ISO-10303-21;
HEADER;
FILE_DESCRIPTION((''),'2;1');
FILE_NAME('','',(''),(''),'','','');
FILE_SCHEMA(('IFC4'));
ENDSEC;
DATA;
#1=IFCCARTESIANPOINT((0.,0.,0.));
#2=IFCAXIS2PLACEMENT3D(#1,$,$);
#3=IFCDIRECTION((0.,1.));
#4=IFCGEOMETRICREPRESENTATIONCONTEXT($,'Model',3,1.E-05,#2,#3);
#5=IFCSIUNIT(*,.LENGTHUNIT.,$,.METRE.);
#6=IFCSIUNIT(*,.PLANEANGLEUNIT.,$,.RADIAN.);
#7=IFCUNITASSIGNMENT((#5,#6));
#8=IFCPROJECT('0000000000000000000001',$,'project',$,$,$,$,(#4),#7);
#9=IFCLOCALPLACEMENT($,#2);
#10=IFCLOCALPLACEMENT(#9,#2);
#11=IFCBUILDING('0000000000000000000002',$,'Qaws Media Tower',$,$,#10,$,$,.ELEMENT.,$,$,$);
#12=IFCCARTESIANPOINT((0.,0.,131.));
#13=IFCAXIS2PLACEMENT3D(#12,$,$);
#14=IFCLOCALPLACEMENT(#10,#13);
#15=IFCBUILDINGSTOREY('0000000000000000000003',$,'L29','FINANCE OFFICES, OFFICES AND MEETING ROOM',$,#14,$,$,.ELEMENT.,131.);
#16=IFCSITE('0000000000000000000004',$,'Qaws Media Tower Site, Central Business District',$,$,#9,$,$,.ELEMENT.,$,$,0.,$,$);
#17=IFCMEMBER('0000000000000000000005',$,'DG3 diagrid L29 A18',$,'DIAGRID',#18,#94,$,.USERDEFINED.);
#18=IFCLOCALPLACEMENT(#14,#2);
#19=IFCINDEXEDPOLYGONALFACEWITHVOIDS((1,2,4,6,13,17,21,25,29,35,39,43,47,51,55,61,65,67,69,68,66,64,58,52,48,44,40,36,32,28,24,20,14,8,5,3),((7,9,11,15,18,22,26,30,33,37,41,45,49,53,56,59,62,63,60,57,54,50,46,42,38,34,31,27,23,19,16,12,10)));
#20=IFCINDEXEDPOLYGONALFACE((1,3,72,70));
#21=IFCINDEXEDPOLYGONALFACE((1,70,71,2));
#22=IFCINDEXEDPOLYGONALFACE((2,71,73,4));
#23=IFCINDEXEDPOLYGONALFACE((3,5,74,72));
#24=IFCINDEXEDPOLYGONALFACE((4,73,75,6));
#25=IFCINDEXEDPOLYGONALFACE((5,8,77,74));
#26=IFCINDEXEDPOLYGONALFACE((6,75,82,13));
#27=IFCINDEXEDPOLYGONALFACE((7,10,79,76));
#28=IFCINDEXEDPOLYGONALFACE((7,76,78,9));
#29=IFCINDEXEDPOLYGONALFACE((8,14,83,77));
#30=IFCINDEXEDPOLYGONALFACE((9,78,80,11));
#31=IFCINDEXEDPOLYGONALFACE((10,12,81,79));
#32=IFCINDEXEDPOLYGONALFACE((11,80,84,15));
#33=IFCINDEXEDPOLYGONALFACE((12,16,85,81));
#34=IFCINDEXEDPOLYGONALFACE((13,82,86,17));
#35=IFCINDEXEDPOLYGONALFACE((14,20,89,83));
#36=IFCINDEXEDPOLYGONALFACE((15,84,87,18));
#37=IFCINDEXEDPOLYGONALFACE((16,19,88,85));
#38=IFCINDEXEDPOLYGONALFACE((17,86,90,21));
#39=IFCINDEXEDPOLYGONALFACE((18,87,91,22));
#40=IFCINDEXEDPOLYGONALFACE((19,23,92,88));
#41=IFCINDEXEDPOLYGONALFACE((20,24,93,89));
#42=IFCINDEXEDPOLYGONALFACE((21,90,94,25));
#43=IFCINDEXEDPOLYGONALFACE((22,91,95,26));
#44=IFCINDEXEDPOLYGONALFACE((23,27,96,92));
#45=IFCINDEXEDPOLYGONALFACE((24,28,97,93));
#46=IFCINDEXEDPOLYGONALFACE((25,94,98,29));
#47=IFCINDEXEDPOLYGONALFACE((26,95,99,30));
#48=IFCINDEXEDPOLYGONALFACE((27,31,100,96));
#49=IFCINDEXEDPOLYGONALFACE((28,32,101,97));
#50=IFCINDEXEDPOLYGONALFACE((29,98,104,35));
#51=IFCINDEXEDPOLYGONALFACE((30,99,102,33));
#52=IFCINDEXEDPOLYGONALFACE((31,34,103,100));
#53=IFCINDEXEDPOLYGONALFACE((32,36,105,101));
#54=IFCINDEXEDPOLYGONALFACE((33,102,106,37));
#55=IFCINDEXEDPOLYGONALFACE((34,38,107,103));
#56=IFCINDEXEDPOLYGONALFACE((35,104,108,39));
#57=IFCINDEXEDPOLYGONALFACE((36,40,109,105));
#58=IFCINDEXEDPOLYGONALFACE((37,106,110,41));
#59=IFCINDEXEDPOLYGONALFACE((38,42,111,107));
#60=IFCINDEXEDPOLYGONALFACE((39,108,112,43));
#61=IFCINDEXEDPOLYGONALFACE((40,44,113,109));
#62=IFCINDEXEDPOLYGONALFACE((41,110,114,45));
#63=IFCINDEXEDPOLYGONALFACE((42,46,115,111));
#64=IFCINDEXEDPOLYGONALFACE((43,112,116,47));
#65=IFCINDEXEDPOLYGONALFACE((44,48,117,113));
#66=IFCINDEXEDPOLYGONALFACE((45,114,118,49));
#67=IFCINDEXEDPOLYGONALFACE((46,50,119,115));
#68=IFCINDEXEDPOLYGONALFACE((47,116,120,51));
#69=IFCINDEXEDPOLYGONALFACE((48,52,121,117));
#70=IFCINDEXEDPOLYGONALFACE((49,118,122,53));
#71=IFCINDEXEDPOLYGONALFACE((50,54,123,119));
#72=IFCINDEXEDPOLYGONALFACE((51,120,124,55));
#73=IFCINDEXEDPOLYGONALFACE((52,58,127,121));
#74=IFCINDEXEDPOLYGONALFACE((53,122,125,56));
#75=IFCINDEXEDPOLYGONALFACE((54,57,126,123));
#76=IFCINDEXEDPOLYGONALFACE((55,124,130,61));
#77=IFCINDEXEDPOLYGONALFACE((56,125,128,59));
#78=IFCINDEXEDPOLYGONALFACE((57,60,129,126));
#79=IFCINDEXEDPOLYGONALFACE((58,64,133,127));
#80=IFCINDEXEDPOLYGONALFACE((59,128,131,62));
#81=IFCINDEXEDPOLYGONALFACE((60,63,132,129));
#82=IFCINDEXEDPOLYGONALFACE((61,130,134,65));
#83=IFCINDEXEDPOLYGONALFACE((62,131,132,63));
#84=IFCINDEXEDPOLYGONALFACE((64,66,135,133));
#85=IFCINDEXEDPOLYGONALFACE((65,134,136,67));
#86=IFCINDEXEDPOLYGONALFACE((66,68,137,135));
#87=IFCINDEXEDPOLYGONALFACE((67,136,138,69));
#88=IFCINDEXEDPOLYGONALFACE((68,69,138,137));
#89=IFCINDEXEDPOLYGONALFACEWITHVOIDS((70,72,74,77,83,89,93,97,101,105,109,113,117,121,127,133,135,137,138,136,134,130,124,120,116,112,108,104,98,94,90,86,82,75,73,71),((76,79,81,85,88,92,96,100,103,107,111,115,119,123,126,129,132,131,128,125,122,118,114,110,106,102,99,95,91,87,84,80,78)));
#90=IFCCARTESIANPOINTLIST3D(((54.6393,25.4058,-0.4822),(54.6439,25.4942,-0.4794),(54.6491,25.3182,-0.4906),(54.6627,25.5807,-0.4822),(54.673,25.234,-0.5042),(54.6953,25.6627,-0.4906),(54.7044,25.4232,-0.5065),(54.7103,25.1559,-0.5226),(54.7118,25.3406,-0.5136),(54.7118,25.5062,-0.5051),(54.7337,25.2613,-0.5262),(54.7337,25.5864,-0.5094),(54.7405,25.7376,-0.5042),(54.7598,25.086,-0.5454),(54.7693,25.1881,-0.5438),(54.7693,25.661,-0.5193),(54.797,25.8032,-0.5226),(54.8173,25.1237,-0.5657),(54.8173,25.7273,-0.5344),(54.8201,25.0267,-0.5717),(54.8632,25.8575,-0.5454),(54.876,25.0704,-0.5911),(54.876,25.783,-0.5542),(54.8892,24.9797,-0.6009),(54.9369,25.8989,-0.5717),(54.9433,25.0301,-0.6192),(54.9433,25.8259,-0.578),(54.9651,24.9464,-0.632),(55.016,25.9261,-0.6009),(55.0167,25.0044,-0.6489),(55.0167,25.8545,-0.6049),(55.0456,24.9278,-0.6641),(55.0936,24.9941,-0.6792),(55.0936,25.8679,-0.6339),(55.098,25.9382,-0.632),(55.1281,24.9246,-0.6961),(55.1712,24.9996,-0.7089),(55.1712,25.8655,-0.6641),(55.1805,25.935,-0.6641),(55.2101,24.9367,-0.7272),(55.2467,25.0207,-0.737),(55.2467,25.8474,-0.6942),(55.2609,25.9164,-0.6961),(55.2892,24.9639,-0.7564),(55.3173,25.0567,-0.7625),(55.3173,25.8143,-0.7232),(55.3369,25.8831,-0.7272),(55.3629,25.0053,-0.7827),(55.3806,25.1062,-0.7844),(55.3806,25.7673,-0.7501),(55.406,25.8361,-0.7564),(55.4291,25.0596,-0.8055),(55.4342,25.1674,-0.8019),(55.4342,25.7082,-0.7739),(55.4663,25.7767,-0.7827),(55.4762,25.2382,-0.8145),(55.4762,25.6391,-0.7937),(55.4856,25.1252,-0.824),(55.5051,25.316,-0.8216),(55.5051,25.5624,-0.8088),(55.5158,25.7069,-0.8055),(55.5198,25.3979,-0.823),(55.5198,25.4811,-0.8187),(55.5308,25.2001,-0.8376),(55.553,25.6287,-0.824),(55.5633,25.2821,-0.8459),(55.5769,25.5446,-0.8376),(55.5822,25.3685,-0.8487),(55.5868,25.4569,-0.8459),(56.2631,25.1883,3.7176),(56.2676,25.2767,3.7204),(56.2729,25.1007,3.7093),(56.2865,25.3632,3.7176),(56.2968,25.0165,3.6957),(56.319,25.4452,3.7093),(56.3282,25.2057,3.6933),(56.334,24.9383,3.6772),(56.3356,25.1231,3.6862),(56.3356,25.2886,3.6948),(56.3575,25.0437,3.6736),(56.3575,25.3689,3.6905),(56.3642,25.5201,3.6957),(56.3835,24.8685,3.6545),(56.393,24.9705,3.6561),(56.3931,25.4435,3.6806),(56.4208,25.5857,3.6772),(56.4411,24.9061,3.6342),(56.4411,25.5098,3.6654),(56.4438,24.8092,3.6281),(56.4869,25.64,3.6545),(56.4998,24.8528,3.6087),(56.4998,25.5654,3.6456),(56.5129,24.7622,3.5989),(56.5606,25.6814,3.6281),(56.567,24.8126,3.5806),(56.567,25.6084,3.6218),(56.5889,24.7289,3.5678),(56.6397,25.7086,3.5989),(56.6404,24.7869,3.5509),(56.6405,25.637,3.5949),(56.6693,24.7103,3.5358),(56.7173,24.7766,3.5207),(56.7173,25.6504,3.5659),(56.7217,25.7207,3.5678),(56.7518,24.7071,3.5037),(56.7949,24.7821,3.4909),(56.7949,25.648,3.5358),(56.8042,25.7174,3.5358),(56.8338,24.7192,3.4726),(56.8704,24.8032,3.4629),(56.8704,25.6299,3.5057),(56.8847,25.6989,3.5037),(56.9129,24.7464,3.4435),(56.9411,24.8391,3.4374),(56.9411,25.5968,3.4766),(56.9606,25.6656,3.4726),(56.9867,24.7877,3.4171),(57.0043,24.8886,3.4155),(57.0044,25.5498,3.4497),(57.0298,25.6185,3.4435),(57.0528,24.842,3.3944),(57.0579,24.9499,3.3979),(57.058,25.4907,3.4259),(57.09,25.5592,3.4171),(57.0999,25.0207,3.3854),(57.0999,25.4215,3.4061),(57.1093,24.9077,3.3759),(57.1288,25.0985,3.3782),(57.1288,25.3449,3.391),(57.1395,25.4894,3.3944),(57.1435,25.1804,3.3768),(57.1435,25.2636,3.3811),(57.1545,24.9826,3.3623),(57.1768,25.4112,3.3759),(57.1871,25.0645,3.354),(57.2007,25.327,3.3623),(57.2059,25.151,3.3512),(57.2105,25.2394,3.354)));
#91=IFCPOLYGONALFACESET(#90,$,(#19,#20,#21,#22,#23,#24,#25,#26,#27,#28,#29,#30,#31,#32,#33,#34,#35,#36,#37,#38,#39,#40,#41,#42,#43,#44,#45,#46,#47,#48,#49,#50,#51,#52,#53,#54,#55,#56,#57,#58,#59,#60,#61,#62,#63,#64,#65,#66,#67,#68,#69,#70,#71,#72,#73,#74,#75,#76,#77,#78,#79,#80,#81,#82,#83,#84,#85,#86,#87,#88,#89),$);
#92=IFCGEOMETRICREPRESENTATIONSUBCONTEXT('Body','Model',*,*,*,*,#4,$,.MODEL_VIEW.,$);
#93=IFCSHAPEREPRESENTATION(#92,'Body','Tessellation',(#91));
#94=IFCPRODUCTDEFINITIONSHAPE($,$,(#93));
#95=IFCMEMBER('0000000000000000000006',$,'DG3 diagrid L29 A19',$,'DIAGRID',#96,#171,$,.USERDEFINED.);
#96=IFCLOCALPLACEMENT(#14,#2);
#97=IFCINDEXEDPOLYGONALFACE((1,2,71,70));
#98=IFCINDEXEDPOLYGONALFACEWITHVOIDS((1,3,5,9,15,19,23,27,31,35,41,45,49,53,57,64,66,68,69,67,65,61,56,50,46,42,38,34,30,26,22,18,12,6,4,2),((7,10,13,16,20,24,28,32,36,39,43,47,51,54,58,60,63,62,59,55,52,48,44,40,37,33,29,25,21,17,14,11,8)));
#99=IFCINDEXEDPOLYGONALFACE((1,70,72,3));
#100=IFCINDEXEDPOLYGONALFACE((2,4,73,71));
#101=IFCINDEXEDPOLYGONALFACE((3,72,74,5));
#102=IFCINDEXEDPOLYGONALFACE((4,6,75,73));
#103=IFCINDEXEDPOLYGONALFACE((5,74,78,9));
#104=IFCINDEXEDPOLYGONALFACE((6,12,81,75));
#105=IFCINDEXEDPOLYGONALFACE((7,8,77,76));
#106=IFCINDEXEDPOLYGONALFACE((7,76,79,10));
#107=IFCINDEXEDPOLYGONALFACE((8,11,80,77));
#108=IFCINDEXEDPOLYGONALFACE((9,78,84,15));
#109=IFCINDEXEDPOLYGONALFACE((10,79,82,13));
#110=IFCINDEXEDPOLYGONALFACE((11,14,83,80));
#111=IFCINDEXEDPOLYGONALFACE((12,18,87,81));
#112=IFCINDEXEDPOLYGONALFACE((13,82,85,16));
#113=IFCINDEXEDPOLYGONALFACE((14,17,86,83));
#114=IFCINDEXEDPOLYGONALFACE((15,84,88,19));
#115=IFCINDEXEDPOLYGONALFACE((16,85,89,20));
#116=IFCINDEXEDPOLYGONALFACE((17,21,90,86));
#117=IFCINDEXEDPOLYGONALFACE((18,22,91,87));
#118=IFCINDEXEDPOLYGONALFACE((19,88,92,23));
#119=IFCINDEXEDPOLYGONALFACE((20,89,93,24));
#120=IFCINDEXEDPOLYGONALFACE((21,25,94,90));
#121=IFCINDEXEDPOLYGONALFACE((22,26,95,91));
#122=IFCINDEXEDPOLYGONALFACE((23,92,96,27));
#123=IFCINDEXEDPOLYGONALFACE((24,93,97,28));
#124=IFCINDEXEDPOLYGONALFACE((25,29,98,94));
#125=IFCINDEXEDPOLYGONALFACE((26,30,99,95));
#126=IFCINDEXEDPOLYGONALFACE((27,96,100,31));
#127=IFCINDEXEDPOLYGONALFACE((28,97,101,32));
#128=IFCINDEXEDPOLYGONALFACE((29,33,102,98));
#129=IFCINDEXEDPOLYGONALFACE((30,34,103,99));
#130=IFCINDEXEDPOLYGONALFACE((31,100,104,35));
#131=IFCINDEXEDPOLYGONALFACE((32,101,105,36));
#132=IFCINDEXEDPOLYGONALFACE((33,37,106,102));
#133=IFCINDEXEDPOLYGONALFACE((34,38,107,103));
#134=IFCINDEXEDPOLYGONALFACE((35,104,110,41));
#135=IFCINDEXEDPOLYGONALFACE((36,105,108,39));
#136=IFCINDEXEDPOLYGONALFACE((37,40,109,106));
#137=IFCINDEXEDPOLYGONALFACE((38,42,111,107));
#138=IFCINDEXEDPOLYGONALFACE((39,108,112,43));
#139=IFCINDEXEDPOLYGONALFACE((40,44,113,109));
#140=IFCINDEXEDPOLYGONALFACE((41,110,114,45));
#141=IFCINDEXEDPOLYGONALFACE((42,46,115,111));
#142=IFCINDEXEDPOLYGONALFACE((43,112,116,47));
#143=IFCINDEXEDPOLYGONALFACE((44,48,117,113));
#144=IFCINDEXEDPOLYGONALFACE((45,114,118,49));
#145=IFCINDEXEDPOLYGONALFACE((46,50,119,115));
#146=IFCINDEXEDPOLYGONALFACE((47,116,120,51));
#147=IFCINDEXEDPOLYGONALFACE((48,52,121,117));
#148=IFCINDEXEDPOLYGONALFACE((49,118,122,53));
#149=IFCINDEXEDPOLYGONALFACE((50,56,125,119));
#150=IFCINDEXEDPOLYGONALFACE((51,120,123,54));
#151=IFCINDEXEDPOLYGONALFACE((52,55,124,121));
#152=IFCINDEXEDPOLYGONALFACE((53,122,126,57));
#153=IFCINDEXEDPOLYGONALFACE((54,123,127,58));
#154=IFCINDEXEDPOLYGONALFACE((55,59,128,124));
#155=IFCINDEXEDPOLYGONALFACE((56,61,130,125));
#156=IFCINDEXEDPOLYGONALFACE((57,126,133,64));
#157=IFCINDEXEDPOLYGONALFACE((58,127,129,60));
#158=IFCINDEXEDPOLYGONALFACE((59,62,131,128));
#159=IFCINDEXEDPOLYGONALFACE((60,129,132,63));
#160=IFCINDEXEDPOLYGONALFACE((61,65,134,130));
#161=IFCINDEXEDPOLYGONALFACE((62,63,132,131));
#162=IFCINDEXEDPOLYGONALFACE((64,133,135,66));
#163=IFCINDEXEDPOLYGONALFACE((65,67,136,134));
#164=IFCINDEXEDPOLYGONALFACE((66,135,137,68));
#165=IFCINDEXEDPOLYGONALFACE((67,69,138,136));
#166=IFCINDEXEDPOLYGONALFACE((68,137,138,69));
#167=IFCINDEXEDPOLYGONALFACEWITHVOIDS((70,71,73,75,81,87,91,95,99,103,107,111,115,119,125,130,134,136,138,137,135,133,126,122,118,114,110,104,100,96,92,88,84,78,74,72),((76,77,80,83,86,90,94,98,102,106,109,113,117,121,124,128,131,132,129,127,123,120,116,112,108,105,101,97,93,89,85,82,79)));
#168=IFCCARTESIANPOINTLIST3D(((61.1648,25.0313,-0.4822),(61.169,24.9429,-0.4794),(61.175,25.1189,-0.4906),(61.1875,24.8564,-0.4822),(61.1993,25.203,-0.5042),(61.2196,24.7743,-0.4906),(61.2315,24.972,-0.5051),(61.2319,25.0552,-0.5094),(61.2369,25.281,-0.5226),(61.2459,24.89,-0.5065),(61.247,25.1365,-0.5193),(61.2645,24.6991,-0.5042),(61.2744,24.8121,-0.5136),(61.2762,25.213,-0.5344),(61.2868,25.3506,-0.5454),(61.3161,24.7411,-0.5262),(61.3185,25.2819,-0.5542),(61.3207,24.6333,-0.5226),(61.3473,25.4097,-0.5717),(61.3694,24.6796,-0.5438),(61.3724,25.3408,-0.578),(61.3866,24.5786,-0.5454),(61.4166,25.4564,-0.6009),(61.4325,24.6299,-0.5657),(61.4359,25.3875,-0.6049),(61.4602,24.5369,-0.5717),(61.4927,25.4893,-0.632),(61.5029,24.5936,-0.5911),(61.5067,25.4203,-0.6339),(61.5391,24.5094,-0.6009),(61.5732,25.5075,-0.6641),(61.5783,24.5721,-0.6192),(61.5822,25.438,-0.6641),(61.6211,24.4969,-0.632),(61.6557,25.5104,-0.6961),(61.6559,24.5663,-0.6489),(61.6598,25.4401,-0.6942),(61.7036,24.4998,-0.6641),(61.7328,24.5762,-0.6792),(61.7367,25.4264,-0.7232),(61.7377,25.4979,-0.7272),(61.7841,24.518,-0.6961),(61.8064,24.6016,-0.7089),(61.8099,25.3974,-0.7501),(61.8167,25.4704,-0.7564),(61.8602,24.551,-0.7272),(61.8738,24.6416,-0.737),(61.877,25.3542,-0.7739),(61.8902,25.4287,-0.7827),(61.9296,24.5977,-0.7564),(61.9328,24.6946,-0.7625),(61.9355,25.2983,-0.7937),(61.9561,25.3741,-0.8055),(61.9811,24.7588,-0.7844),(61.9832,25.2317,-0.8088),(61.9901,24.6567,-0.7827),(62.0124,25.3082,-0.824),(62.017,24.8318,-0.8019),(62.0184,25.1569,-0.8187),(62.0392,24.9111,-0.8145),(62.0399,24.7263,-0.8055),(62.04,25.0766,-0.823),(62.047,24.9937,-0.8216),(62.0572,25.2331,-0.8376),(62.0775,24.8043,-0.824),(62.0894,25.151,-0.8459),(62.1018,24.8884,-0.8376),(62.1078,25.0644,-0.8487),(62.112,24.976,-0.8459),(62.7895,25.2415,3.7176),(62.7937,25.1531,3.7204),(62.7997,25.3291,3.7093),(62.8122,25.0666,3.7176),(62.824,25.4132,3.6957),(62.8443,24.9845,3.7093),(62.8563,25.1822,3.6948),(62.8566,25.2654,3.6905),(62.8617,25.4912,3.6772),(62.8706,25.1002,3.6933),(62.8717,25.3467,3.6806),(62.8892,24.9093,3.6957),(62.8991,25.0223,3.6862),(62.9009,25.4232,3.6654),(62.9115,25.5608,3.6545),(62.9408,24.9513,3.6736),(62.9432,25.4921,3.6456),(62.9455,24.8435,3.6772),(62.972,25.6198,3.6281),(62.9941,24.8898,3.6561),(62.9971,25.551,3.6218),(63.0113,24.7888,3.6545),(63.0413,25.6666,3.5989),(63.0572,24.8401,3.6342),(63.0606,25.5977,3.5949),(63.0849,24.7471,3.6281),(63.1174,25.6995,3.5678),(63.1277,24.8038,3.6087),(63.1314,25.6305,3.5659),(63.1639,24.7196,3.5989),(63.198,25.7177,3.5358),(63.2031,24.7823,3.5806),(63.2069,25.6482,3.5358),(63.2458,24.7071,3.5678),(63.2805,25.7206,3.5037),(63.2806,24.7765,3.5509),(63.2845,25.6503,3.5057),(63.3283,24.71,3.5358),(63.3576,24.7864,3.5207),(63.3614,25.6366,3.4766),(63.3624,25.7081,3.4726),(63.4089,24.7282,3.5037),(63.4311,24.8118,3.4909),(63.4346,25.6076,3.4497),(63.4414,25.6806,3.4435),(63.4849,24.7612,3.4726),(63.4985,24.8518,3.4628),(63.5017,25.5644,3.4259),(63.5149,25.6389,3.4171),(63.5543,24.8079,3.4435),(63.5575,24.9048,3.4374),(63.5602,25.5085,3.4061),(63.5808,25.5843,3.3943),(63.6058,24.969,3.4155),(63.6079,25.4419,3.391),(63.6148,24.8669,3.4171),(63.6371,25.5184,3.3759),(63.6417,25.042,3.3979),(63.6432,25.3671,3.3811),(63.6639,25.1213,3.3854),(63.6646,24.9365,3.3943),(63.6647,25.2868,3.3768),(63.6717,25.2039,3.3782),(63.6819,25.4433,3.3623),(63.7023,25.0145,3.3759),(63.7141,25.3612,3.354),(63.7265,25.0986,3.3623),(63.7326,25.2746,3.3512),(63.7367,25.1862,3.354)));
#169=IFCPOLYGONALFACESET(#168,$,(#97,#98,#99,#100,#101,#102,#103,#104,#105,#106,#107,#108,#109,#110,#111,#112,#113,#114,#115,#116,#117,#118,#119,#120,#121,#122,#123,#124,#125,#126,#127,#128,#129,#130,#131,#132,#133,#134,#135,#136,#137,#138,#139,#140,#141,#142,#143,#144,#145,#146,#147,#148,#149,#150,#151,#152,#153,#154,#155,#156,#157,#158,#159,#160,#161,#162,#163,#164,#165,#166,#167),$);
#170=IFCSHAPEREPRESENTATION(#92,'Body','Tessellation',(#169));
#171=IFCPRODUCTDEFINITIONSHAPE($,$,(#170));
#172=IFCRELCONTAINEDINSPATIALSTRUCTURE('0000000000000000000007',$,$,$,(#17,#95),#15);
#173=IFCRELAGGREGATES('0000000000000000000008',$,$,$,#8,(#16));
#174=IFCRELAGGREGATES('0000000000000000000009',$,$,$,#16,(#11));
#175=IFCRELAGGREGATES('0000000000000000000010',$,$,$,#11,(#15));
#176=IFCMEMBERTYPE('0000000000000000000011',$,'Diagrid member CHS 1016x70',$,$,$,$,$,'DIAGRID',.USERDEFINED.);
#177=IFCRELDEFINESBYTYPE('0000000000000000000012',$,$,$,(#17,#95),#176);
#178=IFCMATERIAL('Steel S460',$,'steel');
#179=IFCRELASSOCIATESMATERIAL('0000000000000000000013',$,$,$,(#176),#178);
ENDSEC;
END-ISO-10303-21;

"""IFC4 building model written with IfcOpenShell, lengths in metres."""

from ifc_helpers import new_model, si_unit, direction, frame, origin, origin_2d, place, context, subcontext, project, spatial, hollow_circle, extrude, material, material_profile, profile_set, type_object, element, save


model = new_model("IFC4")

# Units and contexts
model_context = context("Model", 3, precision=1e-05, world=origin(), true_north=direction((0.0, 1.0)))
body_context = subcontext(model_context, "Body", "Model", "MODEL_VIEW")
ifc_project = project(units=[si_unit("LENGTHUNIT", "METRE"), si_unit("PLANEANGLEUNIT", "RADIAN")], contexts=[model_context])

# Site, building, storey
site_placement = place(None, origin())
site = spatial("IfcSite", under=ifc_project, at=site_placement, Name="Qaws Media Tower Site, Central Business District", CompositionType="ELEMENT", RefElevation=0.0)
building_placement = place(site_placement, origin())
building = spatial("IfcBuilding", under=site, at=building_placement, Name="Qaws Media Tower", CompositionType="ELEMENT")
storey_placement = place(building_placement, frame((0.0, 0.0, 131.0)))
storey = spatial("IfcBuildingStorey", under=building, at=storey_placement, Name="L29", Description="FINANCE OFFICES, OFFICES AND MEETING ROOM", CompositionType="ELEMENT", Elevation=131.0)

# Members
ifc_material_1 = material(Name="Steel S460", Category="steel")
ifc_material_profile_1 = material_profile(ifc_material_1, hollow_circle(Radius=0.5081, WallThickness=0.0701, at=origin_2d()), Name="CHS 1016x70")
ifc_profile_set_1 = profile_set([ifc_material_profile_1], Name="Steel S460")
member_type_1 = type_object("IfcMemberType", Name="Diagrid member CHS 1016x70", ElementType="DIAGRID", PredefinedType="USERDEFINED", material=ifc_profile_set_1)
for number, where, z_axis, x_axis, name in (
    (1, (55.113, 25.4314, -0.6641), (0.360186, -0.048252, 0.931632), (0.132779, 0.991146, 0.0), "DG3 diagrid L29 A18"),
    (2, (61.6384, 25.0037, -0.6641), (0.360402, 0.046628, 0.931631), (-0.128307, 0.991734, 0.0), "DG3 diagrid L29 A19"),
):
    element("IfcMember", number, at=place(storey_placement, frame(where, z_axis=z_axis, x_axis=x_axis)), inside=storey, type_object=member_type_1, Name=name, ObjectType="DIAGRID", PredefinedType="USERDEFINED", context=body_context, shape_type="SweptSolid", body=[
        extrude(hollow_circle(Radius=0.5081, WallThickness=0.0701, at=origin_2d()), origin(), (0.0, 0.0, 1.0), 4.5081),
    ])

save(model, "model.ifc")
